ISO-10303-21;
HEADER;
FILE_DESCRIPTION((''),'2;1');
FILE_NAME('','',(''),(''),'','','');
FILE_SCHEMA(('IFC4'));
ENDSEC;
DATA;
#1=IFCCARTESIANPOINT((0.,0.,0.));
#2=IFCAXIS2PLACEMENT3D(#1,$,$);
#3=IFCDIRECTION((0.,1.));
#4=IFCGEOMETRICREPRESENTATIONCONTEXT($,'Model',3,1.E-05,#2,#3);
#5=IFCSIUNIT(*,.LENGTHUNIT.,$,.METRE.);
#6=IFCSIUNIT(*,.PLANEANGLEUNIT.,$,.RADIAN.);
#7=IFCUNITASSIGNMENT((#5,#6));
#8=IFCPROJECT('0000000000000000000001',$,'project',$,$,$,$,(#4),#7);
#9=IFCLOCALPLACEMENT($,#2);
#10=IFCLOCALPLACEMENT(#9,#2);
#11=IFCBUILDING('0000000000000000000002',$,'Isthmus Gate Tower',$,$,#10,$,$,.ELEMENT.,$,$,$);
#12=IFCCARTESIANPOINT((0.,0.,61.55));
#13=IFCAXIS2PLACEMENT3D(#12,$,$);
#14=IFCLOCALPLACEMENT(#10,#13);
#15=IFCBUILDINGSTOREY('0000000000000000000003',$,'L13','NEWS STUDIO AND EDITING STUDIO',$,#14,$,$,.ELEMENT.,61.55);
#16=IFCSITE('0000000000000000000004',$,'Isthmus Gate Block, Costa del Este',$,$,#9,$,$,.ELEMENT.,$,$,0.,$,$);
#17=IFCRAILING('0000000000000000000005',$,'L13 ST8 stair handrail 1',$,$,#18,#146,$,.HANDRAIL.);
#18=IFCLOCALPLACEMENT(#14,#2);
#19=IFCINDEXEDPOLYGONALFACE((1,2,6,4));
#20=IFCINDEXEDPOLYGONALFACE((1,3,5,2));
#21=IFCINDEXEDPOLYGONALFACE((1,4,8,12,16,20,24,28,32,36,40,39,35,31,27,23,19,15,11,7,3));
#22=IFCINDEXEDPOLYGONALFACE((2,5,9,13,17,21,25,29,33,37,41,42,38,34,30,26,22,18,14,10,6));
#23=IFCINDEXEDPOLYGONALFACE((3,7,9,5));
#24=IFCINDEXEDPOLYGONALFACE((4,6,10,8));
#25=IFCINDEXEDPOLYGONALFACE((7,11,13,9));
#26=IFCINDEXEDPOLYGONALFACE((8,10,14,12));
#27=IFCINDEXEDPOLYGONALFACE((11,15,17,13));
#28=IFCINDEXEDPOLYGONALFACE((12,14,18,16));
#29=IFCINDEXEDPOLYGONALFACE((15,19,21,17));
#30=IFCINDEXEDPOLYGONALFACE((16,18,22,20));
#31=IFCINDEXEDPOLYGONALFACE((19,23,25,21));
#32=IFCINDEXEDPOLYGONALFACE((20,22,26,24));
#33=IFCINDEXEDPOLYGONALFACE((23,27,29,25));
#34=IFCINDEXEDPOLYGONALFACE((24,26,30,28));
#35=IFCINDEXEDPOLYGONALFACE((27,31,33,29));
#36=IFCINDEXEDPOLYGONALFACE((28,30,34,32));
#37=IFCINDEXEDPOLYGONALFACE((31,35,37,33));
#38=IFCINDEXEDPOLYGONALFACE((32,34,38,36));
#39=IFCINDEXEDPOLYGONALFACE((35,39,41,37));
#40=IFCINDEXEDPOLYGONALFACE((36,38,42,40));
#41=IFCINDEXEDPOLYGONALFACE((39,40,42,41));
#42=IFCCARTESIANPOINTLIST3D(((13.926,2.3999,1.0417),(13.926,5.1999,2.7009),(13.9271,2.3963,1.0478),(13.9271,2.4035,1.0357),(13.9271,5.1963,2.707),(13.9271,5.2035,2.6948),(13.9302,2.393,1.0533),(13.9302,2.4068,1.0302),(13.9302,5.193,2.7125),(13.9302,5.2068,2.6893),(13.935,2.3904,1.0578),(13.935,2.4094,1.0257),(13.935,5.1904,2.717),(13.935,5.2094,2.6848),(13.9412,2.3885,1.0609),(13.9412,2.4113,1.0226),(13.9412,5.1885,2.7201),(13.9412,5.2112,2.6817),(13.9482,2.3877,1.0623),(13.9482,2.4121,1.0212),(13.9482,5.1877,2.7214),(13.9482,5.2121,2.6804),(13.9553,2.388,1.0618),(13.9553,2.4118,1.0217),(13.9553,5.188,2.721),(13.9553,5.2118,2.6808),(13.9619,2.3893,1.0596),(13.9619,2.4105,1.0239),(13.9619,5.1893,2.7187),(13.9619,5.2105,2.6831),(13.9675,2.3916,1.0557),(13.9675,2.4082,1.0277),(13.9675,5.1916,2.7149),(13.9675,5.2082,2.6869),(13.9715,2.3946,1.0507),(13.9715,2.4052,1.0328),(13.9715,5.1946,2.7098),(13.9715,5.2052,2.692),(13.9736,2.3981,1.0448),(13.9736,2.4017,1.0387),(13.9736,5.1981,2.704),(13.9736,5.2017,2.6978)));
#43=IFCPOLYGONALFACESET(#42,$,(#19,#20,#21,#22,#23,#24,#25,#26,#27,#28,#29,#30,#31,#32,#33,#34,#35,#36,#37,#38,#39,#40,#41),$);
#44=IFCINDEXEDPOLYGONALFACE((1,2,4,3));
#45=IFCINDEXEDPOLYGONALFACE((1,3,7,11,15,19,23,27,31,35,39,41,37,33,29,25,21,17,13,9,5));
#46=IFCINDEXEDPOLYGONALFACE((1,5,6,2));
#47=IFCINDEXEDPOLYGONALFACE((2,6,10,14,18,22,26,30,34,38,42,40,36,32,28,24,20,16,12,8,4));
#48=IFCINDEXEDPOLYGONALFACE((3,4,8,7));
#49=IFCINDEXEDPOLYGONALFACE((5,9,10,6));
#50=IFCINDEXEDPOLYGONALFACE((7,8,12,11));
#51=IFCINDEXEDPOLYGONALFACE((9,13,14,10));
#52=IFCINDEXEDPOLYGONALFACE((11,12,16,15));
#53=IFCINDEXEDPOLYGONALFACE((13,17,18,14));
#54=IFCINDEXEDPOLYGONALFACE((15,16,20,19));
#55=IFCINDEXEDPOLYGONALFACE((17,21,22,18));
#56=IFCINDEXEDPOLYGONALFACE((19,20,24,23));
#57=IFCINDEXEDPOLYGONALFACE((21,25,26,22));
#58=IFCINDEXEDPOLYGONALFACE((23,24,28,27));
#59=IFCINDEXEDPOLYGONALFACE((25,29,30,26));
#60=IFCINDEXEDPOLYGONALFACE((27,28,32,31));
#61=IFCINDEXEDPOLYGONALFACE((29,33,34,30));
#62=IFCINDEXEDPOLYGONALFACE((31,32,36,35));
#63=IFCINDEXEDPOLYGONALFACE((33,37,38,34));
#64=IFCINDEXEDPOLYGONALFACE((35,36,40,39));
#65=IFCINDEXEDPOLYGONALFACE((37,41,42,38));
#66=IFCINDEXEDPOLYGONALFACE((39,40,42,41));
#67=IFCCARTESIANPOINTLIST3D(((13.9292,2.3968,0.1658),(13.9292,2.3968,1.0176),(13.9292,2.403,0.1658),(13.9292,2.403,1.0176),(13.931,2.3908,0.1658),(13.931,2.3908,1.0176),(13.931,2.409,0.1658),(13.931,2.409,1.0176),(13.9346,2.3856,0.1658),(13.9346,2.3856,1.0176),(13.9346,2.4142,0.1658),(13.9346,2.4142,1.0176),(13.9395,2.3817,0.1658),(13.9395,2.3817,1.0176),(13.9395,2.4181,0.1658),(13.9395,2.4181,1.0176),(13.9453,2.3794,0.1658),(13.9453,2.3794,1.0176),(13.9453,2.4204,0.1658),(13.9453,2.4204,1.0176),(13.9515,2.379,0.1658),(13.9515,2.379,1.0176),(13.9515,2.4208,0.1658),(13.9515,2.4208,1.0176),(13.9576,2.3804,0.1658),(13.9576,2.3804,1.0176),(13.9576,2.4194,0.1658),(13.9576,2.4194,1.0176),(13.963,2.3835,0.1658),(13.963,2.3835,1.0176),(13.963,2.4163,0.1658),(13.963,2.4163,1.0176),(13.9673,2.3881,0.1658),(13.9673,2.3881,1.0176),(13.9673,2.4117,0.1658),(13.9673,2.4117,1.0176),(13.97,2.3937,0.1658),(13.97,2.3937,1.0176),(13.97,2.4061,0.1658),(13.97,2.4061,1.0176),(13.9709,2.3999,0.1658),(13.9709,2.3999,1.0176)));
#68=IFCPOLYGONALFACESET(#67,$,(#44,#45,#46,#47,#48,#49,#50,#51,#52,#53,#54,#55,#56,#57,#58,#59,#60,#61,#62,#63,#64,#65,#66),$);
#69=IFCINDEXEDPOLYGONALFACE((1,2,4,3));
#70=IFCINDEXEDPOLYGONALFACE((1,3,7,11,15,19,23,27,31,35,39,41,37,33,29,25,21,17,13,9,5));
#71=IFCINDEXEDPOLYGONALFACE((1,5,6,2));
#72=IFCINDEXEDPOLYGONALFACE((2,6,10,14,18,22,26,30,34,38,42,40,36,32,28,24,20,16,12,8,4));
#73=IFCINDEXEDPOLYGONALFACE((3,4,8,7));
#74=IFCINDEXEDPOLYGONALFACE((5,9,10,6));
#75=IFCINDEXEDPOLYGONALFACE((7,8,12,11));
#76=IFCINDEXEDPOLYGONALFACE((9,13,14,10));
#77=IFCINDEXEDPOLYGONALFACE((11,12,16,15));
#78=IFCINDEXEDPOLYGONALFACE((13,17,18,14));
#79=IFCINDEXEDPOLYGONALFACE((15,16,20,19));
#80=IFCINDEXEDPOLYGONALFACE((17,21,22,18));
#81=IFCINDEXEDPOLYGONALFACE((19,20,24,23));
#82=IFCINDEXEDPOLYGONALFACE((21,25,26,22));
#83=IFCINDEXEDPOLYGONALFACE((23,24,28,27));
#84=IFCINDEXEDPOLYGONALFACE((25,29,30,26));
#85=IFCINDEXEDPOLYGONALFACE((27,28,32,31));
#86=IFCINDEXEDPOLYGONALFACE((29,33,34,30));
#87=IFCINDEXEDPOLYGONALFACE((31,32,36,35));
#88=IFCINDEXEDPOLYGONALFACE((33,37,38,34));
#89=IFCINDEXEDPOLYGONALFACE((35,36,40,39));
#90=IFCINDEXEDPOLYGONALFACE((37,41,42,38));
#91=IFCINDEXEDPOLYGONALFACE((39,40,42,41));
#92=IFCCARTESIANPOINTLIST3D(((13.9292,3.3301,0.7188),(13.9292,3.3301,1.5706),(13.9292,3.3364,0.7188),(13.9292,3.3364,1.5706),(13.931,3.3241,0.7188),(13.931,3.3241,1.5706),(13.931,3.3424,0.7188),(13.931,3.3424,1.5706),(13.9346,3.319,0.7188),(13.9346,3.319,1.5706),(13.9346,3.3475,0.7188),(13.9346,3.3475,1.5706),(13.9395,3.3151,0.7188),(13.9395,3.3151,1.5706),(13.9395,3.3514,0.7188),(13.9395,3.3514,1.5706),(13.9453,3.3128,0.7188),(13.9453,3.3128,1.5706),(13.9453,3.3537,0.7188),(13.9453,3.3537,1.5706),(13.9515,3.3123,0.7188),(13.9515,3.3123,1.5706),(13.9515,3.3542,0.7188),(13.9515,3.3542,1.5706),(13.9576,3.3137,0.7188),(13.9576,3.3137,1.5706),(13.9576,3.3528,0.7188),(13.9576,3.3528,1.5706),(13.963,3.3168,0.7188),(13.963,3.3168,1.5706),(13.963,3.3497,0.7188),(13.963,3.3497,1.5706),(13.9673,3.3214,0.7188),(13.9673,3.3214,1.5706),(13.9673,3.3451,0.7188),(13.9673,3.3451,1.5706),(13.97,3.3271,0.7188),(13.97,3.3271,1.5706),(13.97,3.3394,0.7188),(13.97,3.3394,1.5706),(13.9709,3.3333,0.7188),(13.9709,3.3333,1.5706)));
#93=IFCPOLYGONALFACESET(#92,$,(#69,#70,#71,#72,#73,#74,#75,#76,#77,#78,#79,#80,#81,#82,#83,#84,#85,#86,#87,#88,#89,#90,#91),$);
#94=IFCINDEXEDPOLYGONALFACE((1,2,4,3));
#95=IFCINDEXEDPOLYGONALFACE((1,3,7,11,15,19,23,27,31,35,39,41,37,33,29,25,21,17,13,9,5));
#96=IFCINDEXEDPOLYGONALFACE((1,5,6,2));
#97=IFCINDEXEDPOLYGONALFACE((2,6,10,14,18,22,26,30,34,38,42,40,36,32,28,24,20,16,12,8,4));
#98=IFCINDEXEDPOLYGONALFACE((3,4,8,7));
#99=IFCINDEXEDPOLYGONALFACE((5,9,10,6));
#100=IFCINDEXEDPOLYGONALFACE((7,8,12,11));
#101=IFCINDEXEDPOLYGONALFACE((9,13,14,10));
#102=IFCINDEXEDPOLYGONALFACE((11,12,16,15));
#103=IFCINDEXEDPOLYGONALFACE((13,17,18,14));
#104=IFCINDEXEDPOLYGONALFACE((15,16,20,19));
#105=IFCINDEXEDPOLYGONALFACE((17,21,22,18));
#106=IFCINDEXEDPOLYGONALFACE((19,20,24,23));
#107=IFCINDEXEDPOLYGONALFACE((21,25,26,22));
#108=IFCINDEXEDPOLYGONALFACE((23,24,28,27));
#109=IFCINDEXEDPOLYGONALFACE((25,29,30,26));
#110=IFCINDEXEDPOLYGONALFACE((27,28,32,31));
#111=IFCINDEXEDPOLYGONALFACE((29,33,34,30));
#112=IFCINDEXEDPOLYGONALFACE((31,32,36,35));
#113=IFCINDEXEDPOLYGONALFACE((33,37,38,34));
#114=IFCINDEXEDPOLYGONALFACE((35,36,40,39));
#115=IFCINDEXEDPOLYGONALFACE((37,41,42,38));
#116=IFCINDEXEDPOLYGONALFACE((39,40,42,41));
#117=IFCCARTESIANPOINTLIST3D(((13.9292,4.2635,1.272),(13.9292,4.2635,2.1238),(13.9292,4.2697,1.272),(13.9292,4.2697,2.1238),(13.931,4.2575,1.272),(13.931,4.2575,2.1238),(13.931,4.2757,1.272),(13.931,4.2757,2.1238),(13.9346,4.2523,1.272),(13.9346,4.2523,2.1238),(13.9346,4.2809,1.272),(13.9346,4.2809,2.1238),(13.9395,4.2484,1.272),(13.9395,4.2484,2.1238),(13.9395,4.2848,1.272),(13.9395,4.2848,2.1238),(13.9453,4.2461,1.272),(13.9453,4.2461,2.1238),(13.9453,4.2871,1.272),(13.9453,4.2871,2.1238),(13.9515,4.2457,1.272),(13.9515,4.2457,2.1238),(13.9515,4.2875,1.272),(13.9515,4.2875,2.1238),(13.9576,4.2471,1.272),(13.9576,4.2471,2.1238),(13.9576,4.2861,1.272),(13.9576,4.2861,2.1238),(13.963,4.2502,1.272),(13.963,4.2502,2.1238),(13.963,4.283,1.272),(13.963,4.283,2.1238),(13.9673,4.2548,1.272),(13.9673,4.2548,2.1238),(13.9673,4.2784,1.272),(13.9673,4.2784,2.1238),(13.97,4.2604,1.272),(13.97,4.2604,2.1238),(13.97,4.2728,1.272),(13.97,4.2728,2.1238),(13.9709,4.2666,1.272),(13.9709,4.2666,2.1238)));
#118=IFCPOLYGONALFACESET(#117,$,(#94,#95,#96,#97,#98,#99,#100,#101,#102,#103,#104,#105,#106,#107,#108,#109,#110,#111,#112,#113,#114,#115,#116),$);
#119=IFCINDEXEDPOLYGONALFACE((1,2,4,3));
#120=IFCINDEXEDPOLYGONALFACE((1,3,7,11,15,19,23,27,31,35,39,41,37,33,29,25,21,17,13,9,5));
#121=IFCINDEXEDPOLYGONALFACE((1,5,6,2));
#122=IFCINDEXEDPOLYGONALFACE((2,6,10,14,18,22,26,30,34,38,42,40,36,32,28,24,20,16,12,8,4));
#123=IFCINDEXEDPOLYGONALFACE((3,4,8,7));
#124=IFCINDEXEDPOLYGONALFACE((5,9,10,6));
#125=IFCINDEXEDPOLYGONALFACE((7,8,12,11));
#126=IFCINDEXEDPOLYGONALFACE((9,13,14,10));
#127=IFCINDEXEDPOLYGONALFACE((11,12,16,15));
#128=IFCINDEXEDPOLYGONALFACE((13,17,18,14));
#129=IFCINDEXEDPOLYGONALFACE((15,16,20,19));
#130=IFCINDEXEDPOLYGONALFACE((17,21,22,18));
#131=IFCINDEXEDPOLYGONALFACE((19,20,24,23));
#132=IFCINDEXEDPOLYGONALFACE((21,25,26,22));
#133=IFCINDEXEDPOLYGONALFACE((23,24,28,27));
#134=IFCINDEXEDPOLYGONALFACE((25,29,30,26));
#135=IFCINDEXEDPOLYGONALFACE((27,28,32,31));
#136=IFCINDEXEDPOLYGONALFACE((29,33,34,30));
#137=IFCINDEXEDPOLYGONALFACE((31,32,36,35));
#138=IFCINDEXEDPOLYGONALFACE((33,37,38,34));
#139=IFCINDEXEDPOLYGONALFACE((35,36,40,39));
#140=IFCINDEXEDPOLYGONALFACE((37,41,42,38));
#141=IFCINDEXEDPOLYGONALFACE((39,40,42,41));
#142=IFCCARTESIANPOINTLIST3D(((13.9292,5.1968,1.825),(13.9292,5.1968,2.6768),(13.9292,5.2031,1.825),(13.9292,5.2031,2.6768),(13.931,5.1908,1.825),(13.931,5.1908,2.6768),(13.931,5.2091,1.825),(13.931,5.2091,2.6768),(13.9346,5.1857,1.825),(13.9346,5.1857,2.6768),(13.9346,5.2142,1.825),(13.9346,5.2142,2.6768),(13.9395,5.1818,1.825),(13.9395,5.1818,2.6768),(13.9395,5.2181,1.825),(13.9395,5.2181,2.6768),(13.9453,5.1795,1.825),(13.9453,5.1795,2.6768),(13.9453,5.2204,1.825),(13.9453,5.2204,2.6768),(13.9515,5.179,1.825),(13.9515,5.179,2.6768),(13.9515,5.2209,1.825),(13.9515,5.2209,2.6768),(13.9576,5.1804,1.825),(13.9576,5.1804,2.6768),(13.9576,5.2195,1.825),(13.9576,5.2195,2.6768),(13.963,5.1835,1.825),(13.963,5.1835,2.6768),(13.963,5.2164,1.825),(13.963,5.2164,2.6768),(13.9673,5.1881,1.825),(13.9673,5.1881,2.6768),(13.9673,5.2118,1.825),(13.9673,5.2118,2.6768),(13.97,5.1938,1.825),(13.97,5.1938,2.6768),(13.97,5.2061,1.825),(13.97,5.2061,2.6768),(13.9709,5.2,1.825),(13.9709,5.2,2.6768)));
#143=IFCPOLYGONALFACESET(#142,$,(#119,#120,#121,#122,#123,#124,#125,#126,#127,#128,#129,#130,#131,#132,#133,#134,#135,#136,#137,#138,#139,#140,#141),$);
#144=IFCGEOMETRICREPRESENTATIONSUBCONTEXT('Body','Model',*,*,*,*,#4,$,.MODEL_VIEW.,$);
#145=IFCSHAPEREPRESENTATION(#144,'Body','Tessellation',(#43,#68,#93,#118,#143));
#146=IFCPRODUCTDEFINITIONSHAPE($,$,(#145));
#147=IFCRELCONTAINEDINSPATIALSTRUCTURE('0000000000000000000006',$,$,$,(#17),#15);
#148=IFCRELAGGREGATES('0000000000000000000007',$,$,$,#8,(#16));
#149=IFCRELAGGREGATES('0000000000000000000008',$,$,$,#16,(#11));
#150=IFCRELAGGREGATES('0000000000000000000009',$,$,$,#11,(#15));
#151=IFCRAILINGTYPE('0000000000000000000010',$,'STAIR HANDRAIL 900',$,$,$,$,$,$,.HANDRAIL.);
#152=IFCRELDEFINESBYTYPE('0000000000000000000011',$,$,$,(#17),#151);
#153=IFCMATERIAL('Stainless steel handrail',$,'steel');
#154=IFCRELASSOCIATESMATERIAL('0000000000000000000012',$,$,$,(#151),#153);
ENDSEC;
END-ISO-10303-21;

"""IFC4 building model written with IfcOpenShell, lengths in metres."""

from ifc_helpers import new_model, si_unit, direction, frame, origin, origin_2d, place, context, subcontext, project, spatial, circle, extrude, material, type_object, element, save


model = new_model("IFC4")

# Units and contexts
model_context = context("Model", 3, precision=1e-05, world=origin(), true_north=direction((0.0, 1.0)))
body_context = subcontext(model_context, "Body", "Model", "MODEL_VIEW")
ifc_project = project(units=[si_unit("LENGTHUNIT", "METRE"), si_unit("PLANEANGLEUNIT", "RADIAN")], contexts=[model_context])

# Site, building, storey
site_placement = place(None, origin())
site = spatial("IfcSite", under=ifc_project, at=site_placement, Name="Isthmus Gate Block, Costa del Este", CompositionType="ELEMENT", RefElevation=0.0)
building_placement = place(site_placement, origin())
building = spatial("IfcBuilding", under=site, at=building_placement, Name="Isthmus Gate Tower", CompositionType="ELEMENT")
storey_placement = place(building_placement, frame((0.0, 0.0, 61.55)))
storey = spatial("IfcBuildingStorey", under=building, at=storey_placement, Name="L13", Description="NEWS STUDIO AND EDITING STUDIO", CompositionType="ELEMENT", Elevation=61.55)

# Railing
ifc_material_1 = material(Name="Stainless steel handrail", Category="steel")
railing_type = type_object("IfcRailingType", Name="STAIR HANDRAIL 900", PredefinedType="HANDRAIL", material=ifc_material_1)
railing_1_placement = place(storey_placement, frame((13.95, 2.3999, 0.1658)))
element("IfcRailing", 1, at=railing_1_placement, inside=storey, type_object=railing_type, Name="L13 ST8 stair handrail 1", PredefinedType="HANDRAIL", context=body_context, shape_type="SweptSolid", body=[
    extrude(circle(Radius=0.0239, at=origin_2d()), frame((0.0, 0.0, 0.876), z_axis=(0.0, 0.860306, 0.509778), x_axis=(-1.0, 0.0, 0.0)), (0.0, 0.0, 1.0), 3.2546),
    extrude(circle(Radius=0.021, at=origin_2d()), origin(), (0.0, 0.0, 1.0), 0.8518),
    extrude(circle(Radius=0.021, at=origin_2d()), frame((0.0, 0.9333, 0.553)), (0.0, 0.0, 1.0), 0.8518),
    extrude(circle(Radius=0.021, at=origin_2d()), frame((0.0, 1.8667, 1.1062)), (0.0, 0.0, 1.0), 0.8518),
    extrude(circle(Radius=0.021, at=origin_2d()), frame((0.0, 2.8, 1.6592)), (0.0, 0.0, 1.0), 0.8518),
])

save(model, "model.ifc")
